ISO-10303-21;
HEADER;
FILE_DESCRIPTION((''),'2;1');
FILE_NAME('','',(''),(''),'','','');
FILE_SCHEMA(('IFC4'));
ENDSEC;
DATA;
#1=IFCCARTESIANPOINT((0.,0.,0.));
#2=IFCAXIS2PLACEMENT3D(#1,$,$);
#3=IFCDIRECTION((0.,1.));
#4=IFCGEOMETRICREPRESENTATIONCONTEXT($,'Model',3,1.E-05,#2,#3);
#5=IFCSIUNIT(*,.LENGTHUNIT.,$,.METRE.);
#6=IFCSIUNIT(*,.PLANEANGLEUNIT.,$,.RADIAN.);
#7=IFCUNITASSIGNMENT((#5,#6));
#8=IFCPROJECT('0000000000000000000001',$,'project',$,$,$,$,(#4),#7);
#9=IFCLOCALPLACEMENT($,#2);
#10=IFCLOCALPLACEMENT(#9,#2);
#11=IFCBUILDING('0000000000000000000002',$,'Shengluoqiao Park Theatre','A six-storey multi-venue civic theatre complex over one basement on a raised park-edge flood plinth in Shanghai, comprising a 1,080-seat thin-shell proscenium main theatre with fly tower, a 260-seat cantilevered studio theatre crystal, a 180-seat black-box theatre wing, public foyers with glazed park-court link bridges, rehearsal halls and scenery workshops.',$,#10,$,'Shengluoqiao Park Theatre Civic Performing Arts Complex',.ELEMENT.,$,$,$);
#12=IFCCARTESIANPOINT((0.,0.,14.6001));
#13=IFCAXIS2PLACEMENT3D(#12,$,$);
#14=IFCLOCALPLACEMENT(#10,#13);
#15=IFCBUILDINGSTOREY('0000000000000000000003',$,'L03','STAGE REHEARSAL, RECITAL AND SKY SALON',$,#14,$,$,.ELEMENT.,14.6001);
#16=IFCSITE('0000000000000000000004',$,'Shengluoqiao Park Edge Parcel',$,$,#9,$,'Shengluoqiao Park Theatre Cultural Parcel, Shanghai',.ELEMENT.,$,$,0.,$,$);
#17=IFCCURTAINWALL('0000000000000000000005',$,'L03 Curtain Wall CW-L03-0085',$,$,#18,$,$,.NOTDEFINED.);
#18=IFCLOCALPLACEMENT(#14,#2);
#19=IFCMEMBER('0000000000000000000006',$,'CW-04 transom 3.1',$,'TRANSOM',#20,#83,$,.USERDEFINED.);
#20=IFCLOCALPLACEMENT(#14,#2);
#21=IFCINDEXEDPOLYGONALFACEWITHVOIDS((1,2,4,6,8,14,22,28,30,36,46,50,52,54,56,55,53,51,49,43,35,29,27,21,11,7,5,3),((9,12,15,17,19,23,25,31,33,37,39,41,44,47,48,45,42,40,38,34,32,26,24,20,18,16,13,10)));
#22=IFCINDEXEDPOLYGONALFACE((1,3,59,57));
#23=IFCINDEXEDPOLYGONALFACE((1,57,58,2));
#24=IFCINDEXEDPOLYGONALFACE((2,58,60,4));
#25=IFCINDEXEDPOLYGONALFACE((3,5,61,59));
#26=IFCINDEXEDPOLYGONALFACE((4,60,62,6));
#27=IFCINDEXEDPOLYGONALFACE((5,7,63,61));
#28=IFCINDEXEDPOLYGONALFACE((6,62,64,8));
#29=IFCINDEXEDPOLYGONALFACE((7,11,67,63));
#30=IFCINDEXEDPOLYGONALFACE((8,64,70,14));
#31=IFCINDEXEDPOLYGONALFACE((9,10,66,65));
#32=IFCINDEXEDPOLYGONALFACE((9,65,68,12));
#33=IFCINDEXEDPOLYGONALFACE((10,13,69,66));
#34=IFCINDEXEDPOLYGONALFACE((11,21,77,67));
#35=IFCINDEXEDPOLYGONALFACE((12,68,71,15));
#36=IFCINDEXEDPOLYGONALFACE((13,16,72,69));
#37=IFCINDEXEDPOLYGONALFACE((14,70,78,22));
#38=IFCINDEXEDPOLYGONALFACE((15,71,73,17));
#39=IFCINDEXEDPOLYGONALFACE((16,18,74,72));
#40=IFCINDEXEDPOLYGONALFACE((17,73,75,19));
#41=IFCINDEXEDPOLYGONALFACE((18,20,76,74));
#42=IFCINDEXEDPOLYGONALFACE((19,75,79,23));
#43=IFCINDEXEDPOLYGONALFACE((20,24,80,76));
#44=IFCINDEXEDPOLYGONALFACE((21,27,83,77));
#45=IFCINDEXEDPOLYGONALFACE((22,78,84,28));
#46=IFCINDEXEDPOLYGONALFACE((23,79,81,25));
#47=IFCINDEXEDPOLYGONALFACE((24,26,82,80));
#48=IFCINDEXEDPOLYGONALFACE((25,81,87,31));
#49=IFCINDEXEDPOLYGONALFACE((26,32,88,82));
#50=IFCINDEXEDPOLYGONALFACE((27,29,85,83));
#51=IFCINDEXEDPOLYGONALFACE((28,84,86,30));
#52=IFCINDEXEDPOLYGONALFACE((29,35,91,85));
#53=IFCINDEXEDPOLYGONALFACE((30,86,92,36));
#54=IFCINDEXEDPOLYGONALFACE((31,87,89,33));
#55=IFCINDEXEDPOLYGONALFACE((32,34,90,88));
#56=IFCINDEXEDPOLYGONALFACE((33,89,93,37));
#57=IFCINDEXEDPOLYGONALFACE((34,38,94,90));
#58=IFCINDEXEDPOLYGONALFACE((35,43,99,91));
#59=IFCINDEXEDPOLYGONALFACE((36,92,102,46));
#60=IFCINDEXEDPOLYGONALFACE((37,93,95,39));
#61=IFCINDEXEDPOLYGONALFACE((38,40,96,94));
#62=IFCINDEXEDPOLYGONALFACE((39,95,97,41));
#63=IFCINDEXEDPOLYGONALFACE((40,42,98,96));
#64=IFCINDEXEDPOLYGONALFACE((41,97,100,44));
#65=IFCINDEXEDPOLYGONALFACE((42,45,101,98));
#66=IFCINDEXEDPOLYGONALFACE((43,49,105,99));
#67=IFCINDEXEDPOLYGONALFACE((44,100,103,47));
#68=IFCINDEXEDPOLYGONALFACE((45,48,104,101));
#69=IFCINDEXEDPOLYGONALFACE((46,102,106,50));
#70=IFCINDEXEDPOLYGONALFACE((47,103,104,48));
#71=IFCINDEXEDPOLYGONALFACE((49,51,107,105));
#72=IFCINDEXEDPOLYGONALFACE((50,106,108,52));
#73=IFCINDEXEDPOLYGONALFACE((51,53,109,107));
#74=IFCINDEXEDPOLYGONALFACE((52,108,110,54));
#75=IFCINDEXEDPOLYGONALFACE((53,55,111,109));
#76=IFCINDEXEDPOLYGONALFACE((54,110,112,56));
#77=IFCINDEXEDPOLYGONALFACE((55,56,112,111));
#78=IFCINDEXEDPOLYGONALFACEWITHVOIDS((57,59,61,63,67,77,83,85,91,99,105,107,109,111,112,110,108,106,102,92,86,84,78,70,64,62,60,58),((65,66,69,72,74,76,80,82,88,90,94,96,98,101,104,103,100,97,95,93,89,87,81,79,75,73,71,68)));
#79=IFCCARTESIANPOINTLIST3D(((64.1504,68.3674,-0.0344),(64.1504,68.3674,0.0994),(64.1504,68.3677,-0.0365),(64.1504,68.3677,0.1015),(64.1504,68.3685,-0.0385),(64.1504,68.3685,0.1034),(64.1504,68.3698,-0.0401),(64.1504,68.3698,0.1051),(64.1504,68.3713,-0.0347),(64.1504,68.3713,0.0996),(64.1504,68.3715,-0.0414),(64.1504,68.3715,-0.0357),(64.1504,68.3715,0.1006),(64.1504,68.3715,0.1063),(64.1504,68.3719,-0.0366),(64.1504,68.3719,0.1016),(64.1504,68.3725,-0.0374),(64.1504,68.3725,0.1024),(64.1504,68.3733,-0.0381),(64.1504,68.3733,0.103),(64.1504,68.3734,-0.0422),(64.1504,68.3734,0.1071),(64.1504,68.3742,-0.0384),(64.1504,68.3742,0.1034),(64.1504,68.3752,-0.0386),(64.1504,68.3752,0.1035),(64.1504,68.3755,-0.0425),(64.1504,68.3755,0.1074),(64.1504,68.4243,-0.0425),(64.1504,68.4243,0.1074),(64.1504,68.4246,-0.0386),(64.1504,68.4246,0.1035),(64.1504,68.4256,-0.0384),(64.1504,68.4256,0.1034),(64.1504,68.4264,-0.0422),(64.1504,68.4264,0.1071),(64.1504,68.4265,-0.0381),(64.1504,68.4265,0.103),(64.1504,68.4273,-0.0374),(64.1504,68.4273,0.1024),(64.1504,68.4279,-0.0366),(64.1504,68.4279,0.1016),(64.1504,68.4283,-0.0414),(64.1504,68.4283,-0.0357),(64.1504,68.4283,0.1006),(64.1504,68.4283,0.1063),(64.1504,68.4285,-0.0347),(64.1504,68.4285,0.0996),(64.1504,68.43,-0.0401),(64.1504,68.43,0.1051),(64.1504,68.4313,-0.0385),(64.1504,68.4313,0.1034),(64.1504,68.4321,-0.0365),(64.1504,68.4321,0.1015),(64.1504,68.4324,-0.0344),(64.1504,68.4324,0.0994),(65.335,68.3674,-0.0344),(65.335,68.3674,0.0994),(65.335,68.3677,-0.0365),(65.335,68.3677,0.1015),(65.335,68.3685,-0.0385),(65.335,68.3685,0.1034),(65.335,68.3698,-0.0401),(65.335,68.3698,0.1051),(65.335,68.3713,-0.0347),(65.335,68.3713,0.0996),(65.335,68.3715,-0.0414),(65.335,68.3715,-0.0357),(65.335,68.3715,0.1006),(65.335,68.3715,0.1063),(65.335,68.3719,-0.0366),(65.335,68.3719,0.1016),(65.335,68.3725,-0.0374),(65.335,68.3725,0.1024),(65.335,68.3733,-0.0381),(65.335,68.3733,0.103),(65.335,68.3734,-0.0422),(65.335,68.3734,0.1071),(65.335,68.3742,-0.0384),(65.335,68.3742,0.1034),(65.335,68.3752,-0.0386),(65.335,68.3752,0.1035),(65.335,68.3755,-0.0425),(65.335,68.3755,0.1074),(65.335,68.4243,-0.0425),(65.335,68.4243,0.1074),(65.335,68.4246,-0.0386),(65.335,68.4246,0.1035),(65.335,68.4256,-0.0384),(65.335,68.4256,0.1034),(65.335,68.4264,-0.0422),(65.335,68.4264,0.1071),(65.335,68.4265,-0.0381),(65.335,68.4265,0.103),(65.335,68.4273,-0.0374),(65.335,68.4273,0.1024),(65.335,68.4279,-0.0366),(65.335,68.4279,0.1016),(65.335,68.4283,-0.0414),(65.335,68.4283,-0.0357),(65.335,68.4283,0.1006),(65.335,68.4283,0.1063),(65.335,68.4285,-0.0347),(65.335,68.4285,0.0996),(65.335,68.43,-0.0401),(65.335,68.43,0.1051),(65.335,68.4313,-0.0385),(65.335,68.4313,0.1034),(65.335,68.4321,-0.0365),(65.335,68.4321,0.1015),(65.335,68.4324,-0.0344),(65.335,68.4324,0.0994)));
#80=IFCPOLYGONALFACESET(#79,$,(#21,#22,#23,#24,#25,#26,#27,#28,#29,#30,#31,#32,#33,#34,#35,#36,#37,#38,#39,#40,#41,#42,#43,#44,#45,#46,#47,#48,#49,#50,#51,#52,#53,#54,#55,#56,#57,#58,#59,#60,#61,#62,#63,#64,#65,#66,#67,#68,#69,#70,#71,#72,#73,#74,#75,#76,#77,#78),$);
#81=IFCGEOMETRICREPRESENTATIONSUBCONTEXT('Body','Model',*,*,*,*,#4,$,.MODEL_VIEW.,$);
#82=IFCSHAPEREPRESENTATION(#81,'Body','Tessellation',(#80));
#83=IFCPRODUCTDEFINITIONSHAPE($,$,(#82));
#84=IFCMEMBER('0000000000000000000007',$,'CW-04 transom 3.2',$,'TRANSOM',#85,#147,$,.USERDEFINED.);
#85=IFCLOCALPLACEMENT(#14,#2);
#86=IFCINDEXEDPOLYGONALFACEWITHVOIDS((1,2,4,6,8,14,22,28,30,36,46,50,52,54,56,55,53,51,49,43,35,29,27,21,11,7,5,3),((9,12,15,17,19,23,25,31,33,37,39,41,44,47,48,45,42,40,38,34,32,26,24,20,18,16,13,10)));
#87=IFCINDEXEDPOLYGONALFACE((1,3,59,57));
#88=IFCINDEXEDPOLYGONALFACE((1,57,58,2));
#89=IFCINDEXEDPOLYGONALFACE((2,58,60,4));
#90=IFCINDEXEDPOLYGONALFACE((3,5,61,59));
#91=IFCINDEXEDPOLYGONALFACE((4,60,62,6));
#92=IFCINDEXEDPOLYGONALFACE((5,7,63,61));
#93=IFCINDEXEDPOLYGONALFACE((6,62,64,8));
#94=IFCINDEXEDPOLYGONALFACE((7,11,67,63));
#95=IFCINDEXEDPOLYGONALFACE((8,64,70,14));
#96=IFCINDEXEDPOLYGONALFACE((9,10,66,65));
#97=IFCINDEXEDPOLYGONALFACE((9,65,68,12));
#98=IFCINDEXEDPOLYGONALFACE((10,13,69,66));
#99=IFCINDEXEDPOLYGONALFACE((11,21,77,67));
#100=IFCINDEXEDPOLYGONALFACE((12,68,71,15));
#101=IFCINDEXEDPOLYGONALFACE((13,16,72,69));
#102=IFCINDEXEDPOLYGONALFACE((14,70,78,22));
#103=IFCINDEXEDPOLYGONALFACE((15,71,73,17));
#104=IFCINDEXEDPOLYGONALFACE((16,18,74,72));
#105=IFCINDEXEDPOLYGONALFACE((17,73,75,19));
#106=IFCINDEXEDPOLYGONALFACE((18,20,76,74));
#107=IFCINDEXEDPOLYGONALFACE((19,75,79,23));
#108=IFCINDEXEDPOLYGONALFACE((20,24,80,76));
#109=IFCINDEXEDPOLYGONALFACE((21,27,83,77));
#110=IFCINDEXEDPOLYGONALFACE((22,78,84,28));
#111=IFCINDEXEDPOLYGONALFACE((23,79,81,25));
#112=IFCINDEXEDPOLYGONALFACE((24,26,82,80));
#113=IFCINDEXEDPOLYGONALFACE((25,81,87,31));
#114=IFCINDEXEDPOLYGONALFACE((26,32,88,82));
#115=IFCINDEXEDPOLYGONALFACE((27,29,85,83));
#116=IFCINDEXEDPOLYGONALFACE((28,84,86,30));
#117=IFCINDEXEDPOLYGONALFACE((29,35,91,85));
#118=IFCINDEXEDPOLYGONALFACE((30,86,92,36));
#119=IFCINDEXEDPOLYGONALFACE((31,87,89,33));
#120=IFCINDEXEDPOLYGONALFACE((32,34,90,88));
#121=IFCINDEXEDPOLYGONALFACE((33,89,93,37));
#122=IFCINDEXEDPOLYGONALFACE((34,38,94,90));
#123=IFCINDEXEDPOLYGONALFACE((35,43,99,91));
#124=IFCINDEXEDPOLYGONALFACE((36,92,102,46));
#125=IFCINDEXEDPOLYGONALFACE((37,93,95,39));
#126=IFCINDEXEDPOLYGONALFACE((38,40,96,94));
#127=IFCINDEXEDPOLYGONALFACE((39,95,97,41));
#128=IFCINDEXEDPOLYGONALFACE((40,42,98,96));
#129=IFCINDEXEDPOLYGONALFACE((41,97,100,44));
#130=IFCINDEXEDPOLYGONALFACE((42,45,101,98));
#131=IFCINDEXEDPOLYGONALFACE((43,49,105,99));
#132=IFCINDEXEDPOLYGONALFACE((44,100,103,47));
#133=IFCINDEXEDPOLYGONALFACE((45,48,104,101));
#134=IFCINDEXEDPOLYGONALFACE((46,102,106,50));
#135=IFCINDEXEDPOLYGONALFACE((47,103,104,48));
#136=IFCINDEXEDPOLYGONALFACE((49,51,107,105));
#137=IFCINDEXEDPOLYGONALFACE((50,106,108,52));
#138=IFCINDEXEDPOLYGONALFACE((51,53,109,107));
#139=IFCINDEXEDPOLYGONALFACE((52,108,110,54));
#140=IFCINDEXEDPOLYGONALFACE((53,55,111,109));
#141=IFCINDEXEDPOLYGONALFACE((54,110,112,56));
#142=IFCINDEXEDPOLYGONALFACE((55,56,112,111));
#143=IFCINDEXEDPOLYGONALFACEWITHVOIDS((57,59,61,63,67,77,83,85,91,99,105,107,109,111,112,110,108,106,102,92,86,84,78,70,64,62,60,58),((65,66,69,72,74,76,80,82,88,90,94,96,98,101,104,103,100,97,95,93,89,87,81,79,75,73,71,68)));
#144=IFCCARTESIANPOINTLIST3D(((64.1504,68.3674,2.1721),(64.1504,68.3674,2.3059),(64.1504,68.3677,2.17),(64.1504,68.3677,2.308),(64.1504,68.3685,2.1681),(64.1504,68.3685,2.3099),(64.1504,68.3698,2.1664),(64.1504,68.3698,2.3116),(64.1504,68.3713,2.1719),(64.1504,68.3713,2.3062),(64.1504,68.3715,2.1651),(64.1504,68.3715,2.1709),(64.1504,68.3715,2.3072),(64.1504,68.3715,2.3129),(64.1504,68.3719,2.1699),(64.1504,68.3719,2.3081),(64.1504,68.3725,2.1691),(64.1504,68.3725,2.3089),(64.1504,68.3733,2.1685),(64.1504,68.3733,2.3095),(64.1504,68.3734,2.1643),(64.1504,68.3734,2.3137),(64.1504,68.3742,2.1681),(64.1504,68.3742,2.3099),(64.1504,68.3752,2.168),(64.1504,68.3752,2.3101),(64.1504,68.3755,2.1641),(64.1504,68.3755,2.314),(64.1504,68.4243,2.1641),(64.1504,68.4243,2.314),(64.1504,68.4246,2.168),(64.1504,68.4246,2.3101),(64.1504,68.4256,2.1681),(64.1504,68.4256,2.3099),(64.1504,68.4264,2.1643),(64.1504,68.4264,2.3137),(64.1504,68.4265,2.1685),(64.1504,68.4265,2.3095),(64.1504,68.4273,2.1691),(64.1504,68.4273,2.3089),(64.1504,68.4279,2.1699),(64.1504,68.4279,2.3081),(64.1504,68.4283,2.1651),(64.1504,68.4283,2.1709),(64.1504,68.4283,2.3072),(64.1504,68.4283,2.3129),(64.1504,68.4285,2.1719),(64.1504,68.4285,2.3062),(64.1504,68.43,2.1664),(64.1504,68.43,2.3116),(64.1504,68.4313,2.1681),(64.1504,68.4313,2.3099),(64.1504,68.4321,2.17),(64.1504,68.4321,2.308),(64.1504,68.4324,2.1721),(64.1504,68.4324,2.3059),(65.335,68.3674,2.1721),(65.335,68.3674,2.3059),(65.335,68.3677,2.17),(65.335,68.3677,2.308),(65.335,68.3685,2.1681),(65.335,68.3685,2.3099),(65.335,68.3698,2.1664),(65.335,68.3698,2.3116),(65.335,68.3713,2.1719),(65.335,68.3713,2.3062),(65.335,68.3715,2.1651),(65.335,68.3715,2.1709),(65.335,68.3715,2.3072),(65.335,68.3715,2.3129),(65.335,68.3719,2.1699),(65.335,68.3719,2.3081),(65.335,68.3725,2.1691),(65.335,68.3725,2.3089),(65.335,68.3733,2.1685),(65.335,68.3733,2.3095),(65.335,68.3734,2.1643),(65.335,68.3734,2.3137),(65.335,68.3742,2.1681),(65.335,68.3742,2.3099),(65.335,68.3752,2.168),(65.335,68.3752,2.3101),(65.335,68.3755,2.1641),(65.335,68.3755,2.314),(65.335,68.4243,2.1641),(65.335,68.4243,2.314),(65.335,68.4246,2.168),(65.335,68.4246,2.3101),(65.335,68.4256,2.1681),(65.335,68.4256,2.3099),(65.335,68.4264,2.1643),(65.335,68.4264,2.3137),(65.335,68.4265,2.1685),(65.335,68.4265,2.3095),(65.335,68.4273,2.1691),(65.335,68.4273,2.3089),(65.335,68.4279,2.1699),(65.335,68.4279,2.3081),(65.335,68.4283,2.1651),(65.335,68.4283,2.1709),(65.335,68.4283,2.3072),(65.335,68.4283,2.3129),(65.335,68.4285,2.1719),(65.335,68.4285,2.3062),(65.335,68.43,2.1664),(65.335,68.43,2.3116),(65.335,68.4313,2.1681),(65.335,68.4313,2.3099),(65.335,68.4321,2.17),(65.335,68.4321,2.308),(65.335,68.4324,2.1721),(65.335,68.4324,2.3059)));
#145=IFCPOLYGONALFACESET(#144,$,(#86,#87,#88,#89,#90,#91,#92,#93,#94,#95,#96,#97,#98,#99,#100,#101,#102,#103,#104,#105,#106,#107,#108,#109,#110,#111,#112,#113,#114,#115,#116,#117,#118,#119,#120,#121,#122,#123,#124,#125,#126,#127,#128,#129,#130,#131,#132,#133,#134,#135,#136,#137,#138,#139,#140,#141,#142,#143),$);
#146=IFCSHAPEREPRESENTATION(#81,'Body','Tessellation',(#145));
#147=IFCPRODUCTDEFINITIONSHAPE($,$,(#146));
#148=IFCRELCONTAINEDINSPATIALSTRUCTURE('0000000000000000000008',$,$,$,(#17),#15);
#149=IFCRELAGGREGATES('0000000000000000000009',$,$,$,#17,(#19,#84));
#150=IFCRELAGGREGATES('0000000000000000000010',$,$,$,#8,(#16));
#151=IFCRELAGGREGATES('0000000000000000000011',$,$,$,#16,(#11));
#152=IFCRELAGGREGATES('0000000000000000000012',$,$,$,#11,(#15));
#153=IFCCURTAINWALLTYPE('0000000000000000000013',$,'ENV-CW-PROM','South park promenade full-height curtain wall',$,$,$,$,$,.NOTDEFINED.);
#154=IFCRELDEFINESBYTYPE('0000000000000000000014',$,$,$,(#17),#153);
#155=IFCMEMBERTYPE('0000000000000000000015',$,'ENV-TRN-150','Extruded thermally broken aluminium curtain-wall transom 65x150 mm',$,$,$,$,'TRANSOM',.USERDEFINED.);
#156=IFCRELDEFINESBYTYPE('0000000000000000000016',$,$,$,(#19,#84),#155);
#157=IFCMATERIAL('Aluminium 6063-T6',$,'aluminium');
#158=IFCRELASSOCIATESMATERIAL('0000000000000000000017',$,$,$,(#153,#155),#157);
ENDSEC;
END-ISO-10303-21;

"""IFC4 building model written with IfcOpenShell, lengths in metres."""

from ifc_helpers import new_model, si_unit, direction, frame, origin, origin_2d, place, context, subcontext, project, spatial, hollow_rectangle, extrude, material, material_profile, profile_set, type_object, element, aggregate, save


model = new_model("IFC4")

# Units and contexts
model_context = context("Model", 3, precision=1e-05, world=origin(), true_north=direction((0.0, 1.0)))
body_context = subcontext(model_context, "Body", "Model", "MODEL_VIEW")
ifc_project = project(units=[si_unit("LENGTHUNIT", "METRE"), si_unit("PLANEANGLEUNIT", "RADIAN")], contexts=[model_context])

# Site, building, storey
site_placement = place(None, origin())
site = spatial("IfcSite", under=ifc_project, at=site_placement, Name="Shengluoqiao Park Edge Parcel", LongName="Shengluoqiao Park Theatre Cultural Parcel, Shanghai", CompositionType="ELEMENT", RefElevation=0.0)
building_placement = place(site_placement, origin())
building = spatial("IfcBuilding", under=site, at=building_placement, Name="Shengluoqiao Park Theatre", Description="A six-storey multi-venue civic theatre complex over one basement on a raised park-edge flood plinth in Shanghai, comprising a 1,080-seat thin-shell proscenium main theatre with fly tower, a 260-seat cantilevered studio theatre crystal, a 180-seat black-box theatre wing, public foyers with glazed park-court link bridges, rehearsal halls and scenery workshops.", LongName="Shengluoqiao Park Theatre Civic Performing Arts Complex", CompositionType="ELEMENT")
storey_placement = place(building_placement, frame((0.0, 0.0, 14.6001)))
storey = spatial("IfcBuildingStorey", under=building, at=storey_placement, Name="L03", Description="STAGE REHEARSAL, RECITAL AND SKY SALON", CompositionType="ELEMENT", Elevation=14.6001)

# Curtain wall
ifc_material_1 = material(Name="Aluminium 6063-T6", Category="aluminium")
curtain_wall_type = type_object("IfcCurtainWallType", Name="ENV-CW-PROM", Description="South park promenade full-height curtain wall", PredefinedType="NOTDEFINED", material=ifc_material_1)
curtain_wall_1_placement = place(storey_placement, origin())
curtain_wall_1 = element("IfcCurtainWall", 1, at=curtain_wall_1_placement, inside=storey, type_object=curtain_wall_type, Name="L03 Curtain Wall CW-L03-0085", PredefinedType="NOTDEFINED")

# Members
ifc_material_profile_1 = material_profile(ifc_material_1, hollow_rectangle(XDim=0.0649, YDim=0.1499, WallThickness=0.0039, InnerFilletRadius=0.0039, OuterFilletRadius=0.0081, at=origin_2d()), Name="ALU TRANSOM 150x65x4")
ifc_profile_set_1 = profile_set([ifc_material_profile_1], Name="Aluminium 6063-T6")
member_type_1 = type_object("IfcMemberType", Name="ENV-TRN-150", Description="Extruded thermally broken aluminium curtain-wall transom 65x150 mm", ElementType="TRANSOM", PredefinedType="USERDEFINED", material=ifc_profile_set_1)
member_1_placement = place(storey_placement, frame((64.1504, 68.3999, 0.0325), z_axis=(1.0, 0.0, 0.0), x_axis=(0.0, 1.0, 0.0)))
member_1 = element("IfcMember", 2, at=member_1_placement, type_object=member_type_1, Name="CW-04 transom 3.1", ObjectType="TRANSOM", PredefinedType="USERDEFINED", context=body_context, shape_type="SweptSolid", body=[
    extrude(hollow_rectangle(XDim=0.0649, YDim=0.1499, WallThickness=0.0039, InnerFilletRadius=0.0039, OuterFilletRadius=0.0081, at=origin_2d()), origin(), (0.0, 0.0, 1.0), 1.1846),
])
member_2_placement = place(storey_placement, frame((64.1504, 68.3999, 2.239), z_axis=(1.0, 0.0, 0.0), x_axis=(0.0, 1.0, 0.0)))
member_2 = element("IfcMember", 3, at=member_2_placement, type_object=member_type_1, Name="CW-04 transom 3.2", ObjectType="TRANSOM", PredefinedType="USERDEFINED", context=body_context, shape_type="SweptSolid", body=[
    extrude(hollow_rectangle(XDim=0.0649, YDim=0.1499, WallThickness=0.0039, InnerFilletRadius=0.0039, OuterFilletRadius=0.0081, at=origin_2d()), origin(), (0.0, 0.0, 1.0), 1.1846),
])

aggregate(curtain_wall_1, [member_1, member_2])

save(model, "model.ifc")
